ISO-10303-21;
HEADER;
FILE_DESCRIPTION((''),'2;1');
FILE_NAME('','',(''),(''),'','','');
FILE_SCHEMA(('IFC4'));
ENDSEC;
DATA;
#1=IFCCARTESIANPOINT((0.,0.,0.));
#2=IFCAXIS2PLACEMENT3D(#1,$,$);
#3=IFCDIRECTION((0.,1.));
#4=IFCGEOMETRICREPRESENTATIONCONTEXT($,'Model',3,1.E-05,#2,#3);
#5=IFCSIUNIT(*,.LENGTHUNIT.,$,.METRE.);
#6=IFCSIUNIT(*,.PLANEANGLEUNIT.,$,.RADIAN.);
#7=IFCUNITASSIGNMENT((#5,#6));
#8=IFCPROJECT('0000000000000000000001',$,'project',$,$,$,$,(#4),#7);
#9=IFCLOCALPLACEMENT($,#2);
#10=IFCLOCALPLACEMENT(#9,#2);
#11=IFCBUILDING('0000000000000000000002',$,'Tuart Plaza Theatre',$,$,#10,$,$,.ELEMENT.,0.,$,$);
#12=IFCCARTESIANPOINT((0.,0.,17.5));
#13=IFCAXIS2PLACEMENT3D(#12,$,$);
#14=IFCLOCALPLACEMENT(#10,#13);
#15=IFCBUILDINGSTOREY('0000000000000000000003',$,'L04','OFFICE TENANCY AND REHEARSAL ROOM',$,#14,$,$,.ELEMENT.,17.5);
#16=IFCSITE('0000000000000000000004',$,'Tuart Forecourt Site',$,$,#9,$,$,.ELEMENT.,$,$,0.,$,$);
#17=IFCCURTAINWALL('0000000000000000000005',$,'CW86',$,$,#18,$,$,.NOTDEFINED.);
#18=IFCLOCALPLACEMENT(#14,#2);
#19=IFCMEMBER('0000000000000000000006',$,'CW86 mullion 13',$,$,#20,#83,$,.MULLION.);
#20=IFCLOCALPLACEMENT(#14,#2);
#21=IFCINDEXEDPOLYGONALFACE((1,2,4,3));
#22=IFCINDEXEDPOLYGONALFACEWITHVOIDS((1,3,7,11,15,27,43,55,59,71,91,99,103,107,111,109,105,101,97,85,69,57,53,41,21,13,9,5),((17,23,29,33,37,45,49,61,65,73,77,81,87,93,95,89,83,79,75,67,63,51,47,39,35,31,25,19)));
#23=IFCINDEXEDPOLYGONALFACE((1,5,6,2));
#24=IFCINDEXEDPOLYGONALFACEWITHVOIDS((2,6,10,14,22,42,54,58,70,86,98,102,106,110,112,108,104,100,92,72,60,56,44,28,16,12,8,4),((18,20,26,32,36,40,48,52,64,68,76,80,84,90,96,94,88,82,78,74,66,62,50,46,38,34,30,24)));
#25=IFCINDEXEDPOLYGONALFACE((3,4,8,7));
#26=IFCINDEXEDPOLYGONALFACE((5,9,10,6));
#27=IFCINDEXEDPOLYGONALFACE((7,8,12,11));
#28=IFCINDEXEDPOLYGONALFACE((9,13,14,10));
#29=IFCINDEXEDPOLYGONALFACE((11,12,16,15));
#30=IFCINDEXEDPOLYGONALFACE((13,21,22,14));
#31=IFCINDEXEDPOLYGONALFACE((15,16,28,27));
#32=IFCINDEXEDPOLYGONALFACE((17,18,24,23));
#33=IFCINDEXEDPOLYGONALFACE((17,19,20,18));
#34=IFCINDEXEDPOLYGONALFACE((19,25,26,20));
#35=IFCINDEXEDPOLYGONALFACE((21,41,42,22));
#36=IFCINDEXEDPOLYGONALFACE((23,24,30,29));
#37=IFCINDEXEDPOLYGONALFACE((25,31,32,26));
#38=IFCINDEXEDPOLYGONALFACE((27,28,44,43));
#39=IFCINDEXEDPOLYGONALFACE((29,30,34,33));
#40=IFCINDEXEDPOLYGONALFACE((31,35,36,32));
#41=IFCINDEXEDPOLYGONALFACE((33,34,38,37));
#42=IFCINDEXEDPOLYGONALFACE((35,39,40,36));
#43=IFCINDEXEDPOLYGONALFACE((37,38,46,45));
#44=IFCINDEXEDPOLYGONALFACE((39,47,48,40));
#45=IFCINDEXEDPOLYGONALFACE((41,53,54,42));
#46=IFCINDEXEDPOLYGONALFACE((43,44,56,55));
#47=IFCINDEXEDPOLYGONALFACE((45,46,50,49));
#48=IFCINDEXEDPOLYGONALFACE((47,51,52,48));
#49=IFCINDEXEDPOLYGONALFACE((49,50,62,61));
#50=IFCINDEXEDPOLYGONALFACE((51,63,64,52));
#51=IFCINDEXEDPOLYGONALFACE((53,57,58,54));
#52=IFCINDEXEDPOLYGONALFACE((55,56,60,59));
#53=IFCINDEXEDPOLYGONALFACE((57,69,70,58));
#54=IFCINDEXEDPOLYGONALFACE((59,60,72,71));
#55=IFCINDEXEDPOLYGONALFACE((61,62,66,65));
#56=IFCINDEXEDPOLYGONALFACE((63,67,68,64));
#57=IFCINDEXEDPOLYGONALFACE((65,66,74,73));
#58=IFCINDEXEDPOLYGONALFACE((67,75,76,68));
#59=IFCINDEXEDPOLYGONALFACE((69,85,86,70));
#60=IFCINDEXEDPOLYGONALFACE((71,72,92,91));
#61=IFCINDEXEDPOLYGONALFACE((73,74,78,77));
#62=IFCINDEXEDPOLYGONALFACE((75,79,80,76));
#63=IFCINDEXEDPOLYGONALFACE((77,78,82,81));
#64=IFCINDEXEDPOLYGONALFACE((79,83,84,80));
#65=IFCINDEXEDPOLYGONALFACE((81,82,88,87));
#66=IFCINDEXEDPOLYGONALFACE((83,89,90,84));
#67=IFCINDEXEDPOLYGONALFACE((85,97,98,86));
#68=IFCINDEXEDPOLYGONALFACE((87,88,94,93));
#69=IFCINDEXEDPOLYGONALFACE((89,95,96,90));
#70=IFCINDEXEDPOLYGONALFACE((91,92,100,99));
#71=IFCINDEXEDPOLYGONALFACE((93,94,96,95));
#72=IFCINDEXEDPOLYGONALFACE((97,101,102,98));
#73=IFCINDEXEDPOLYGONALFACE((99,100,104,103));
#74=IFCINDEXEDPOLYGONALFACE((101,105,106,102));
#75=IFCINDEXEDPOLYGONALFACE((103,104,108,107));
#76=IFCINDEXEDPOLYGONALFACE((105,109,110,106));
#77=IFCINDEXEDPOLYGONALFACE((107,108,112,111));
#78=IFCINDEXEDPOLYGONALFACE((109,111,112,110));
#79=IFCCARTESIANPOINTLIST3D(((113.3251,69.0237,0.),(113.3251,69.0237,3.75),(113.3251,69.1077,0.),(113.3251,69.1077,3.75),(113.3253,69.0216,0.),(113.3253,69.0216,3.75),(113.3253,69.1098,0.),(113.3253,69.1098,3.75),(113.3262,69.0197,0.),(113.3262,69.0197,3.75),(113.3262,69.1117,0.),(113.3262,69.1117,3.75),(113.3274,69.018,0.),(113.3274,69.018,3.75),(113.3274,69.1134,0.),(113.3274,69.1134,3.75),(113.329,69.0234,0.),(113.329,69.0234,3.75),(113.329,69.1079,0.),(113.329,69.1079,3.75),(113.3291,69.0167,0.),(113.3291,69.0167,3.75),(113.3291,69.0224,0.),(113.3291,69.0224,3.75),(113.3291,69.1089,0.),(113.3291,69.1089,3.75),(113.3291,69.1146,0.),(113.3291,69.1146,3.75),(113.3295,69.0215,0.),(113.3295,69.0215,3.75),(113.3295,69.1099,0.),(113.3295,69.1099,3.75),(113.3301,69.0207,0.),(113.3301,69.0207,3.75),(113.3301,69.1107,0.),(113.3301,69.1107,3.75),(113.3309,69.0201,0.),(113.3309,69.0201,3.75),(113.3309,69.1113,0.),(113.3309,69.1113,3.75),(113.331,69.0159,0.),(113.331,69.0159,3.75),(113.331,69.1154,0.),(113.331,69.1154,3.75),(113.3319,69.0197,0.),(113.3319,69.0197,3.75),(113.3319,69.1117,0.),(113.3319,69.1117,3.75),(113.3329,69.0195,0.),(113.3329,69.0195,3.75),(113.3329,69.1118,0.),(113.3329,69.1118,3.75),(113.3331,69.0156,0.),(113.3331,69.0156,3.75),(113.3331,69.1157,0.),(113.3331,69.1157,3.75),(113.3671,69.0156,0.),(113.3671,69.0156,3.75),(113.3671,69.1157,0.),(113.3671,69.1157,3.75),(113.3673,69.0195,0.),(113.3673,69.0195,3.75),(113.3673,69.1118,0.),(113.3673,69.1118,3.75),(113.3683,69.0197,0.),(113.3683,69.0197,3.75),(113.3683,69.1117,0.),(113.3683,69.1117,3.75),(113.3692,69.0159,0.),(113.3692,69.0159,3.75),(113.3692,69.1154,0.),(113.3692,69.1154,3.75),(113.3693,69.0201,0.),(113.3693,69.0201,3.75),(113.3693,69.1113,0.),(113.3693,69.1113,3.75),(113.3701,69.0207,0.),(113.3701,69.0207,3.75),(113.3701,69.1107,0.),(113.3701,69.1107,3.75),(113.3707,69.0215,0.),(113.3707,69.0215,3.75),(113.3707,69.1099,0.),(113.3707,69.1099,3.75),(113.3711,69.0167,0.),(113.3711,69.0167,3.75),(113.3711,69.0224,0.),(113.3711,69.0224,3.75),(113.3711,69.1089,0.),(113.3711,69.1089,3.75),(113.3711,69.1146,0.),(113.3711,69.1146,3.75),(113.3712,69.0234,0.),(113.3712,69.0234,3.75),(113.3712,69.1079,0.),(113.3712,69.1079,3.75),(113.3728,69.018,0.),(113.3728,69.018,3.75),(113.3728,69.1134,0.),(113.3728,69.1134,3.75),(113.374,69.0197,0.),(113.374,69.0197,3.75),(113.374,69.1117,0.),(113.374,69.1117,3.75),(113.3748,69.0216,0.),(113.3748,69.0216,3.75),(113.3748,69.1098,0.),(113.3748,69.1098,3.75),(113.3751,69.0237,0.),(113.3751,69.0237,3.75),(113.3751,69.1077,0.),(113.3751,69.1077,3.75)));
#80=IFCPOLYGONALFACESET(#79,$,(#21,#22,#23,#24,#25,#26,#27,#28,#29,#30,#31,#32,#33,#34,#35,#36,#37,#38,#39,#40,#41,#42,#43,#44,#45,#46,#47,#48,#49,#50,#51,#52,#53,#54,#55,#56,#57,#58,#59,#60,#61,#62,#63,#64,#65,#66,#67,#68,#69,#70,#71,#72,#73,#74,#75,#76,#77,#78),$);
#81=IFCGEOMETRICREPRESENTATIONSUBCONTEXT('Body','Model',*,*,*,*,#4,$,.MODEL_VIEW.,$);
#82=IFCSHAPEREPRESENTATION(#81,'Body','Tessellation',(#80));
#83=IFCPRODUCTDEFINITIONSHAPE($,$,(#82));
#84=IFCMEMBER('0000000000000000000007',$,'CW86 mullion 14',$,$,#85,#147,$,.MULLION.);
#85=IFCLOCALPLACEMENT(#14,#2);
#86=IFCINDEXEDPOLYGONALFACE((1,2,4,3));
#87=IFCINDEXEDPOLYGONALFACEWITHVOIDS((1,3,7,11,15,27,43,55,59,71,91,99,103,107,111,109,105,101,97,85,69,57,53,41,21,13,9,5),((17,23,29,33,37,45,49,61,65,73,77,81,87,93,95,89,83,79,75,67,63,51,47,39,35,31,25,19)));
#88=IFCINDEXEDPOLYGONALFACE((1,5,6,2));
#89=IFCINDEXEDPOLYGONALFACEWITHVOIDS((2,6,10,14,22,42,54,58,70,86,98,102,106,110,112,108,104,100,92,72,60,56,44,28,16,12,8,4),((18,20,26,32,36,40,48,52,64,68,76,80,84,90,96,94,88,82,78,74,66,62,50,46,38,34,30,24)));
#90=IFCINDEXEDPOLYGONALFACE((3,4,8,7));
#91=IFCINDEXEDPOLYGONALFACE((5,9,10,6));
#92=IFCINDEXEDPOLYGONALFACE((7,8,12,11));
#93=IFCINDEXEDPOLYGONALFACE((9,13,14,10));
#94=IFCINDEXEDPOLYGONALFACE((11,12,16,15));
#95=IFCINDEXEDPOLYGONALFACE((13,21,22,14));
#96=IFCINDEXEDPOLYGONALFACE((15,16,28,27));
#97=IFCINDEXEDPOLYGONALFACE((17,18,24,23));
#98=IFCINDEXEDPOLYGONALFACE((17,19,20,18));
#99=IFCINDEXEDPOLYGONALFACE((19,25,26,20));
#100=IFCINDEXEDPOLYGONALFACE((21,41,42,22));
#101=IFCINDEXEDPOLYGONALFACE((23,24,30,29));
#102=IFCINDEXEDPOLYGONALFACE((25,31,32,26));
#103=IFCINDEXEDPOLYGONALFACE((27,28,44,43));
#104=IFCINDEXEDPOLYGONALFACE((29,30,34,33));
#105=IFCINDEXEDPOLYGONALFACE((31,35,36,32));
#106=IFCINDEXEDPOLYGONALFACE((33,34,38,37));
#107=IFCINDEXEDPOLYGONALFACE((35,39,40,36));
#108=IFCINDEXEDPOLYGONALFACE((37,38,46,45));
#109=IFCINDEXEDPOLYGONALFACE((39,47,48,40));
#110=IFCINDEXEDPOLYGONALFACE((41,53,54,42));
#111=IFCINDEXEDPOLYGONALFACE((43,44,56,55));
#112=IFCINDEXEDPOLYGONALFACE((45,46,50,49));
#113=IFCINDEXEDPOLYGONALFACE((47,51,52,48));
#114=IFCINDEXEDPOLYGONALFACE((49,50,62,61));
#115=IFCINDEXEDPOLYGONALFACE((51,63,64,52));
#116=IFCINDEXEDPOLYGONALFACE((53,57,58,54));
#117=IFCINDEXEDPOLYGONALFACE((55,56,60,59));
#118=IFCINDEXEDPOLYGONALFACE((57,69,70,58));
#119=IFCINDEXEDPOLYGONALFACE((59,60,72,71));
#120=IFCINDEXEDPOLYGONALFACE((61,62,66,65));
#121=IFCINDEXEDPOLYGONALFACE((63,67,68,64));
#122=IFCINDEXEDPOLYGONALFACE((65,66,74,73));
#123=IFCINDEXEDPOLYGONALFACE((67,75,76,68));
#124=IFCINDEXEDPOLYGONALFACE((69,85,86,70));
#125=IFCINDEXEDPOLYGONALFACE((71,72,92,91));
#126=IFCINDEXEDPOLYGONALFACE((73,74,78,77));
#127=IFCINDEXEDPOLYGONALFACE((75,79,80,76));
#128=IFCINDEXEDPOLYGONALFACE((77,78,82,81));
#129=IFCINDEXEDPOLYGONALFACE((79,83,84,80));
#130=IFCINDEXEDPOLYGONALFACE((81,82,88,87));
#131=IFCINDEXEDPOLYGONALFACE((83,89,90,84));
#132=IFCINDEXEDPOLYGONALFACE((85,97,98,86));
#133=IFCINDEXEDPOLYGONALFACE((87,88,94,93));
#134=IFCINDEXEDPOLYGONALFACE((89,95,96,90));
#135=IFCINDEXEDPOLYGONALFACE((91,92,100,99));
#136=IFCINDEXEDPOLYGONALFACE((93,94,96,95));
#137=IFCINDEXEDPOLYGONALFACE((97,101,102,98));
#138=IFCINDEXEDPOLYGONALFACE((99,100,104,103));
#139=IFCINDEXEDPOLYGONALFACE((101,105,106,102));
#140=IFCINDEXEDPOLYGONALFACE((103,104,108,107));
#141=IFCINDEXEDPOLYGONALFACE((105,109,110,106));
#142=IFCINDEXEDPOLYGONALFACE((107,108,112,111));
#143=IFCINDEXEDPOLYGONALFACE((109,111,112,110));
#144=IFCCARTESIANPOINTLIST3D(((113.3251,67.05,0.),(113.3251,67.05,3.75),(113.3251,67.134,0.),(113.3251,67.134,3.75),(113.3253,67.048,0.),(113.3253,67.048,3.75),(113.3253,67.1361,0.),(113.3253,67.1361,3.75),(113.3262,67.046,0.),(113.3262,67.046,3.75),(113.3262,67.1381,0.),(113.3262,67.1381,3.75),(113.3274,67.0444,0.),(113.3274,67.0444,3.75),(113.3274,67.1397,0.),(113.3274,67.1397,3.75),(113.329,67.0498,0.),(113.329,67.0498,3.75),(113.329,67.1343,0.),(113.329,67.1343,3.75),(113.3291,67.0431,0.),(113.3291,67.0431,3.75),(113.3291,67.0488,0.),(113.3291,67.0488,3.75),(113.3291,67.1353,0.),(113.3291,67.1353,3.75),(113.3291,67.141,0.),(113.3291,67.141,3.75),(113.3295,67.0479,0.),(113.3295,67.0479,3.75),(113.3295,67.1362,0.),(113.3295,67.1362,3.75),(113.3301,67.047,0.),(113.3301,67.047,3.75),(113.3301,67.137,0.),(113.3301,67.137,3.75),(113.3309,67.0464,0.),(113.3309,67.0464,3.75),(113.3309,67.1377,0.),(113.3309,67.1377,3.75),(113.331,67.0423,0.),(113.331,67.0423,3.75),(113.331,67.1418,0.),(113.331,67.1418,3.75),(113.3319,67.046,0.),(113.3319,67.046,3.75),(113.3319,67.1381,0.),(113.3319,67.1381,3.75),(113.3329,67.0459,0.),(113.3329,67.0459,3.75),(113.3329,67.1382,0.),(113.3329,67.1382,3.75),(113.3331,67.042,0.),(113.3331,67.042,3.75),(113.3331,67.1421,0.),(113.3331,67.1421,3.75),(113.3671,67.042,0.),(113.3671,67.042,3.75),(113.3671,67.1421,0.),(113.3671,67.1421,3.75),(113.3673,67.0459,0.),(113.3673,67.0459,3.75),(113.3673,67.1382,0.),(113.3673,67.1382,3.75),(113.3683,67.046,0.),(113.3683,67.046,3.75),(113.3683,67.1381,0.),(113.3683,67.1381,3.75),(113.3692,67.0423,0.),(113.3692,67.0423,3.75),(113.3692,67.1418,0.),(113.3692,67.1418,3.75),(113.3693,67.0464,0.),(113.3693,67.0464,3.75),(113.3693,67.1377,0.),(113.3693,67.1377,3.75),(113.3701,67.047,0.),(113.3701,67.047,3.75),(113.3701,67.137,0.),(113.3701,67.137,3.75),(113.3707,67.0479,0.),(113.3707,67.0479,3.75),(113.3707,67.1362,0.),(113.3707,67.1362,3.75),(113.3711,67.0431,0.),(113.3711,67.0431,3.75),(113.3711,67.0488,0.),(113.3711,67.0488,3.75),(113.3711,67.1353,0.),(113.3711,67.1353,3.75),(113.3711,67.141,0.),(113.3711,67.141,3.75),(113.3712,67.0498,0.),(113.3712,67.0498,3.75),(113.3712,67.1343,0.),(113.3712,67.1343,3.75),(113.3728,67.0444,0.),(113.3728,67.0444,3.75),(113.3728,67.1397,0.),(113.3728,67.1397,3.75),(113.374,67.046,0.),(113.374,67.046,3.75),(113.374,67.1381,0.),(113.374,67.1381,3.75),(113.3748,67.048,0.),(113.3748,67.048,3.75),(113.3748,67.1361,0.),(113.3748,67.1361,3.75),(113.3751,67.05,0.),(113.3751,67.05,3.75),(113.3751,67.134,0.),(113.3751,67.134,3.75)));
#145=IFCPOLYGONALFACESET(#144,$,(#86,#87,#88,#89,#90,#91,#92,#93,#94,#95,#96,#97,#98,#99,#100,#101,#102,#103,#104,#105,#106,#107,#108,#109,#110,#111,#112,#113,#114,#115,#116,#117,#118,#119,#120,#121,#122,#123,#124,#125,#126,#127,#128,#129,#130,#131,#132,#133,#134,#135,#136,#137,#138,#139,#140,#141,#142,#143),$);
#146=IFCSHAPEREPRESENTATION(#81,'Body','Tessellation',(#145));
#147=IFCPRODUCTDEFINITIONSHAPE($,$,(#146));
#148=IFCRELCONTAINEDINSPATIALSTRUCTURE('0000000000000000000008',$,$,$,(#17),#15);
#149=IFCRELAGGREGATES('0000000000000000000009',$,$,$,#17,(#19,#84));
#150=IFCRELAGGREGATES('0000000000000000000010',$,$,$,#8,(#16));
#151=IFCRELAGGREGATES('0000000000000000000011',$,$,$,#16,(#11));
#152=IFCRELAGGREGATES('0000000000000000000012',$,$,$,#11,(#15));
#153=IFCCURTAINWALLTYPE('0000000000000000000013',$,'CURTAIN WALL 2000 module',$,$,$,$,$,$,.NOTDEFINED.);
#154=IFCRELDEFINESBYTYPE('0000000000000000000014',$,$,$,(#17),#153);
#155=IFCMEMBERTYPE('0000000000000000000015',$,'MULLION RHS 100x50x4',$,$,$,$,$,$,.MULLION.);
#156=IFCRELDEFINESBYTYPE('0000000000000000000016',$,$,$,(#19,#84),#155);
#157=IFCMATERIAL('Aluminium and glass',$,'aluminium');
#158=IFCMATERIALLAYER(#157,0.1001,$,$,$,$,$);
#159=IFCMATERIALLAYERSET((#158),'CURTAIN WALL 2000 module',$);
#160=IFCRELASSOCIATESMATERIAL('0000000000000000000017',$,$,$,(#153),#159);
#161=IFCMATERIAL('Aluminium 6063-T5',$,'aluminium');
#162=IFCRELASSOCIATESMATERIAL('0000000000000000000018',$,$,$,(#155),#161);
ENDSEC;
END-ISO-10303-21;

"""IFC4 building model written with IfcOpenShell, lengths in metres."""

from ifc_helpers import new_model, si_unit, direction, frame, origin, origin_2d, place, context, subcontext, project, spatial, hollow_rectangle, extrude, material, layer, layer_set, material_profile, profile_set, type_object, element, aggregate, save


model = new_model("IFC4")

# Units and contexts
model_context = context("Model", 3, precision=1e-05, world=origin(), true_north=direction((0.0, 1.0)))
body_context = subcontext(model_context, "Body", "Model", "MODEL_VIEW")
ifc_project = project(units=[si_unit("LENGTHUNIT", "METRE"), si_unit("PLANEANGLEUNIT", "RADIAN")], contexts=[model_context])

# Site, building, storey
site_placement = place(None, origin())
site = spatial("IfcSite", under=ifc_project, at=site_placement, Name="Tuart Forecourt Site", CompositionType="ELEMENT", RefElevation=0.0)
building_placement = place(site_placement, origin())
building = spatial("IfcBuilding", under=site, at=building_placement, Name="Tuart Plaza Theatre", CompositionType="ELEMENT", ElevationOfRefHeight=0.0)
storey_placement = place(building_placement, frame((0.0, 0.0, 17.5)))
storey = spatial("IfcBuildingStorey", under=building, at=storey_placement, Name="L04", Description="OFFICE TENANCY AND REHEARSAL ROOM", CompositionType="ELEMENT", Elevation=17.5)

# Curtain wall, members
ifc_material_1 = material(Name="Aluminium and glass", Category="aluminium")
ifc_layer_1 = layer(ifc_material_1, 0.1001)
ifc_layer_set_1 = layer_set([ifc_layer_1], Name="CURTAIN WALL 2000 module")
curtain_wall_type = type_object("IfcCurtainWallType", Name="CURTAIN WALL 2000 module", PredefinedType="NOTDEFINED", material=ifc_layer_set_1)
curtain_wall_placement = place(storey_placement, origin())
curtain_wall = element("IfcCurtainWall", 1, at=curtain_wall_placement, inside=storey, type_object=curtain_wall_type, Name="CW86", PredefinedType="NOTDEFINED")
ifc_material_2 = material(Name="Aluminium 6063-T5", Category="aluminium")
ifc_material_profile_1 = material_profile(ifc_material_2, hollow_rectangle(XDim=0.05, YDim=0.1001, WallThickness=0.0039, InnerFilletRadius=0.0039, OuterFilletRadius=0.0081, at=origin_2d()), Name="RHS 100x50x4")
ifc_profile_set_1 = profile_set([ifc_material_profile_1], Name="Aluminium 6063-T5")
member_type_1 = type_object("IfcMemberType", Name="MULLION RHS 100x50x4", PredefinedType="MULLION", material=ifc_profile_set_1)
member_1_placement = place(storey_placement, frame((113.3501, 69.0657, 0.0), z_axis=(0.0, 0.0, 1.0), x_axis=(1.0, 0.0, 0.0)))
member_1 = element("IfcMember", 2, at=member_1_placement, type_object=member_type_1, Name="CW86 mullion 13", PredefinedType="MULLION", context=body_context, shape_type="SweptSolid", body=[
    extrude(hollow_rectangle(XDim=0.05, YDim=0.1001, WallThickness=0.0039, InnerFilletRadius=0.0039, OuterFilletRadius=0.0081, at=origin_2d()), origin(), (0.0, 0.0, 1.0), 3.75),
])
member_2_placement = place(storey_placement, frame((113.3501, 67.092, 0.0), z_axis=(0.0, 0.0, 1.0), x_axis=(1.0, 0.0, 0.0)))
member_2 = element("IfcMember", 3, at=member_2_placement, type_object=member_type_1, Name="CW86 mullion 14", PredefinedType="MULLION", context=body_context, shape_type="SweptSolid", body=[
    extrude(hollow_rectangle(XDim=0.05, YDim=0.1001, WallThickness=0.0039, InnerFilletRadius=0.0039, OuterFilletRadius=0.0081, at=origin_2d()), origin(), (0.0, 0.0, 1.0), 3.75),
])
aggregate(curtain_wall, [member_1, member_2])

save(model, "model.ifc")
